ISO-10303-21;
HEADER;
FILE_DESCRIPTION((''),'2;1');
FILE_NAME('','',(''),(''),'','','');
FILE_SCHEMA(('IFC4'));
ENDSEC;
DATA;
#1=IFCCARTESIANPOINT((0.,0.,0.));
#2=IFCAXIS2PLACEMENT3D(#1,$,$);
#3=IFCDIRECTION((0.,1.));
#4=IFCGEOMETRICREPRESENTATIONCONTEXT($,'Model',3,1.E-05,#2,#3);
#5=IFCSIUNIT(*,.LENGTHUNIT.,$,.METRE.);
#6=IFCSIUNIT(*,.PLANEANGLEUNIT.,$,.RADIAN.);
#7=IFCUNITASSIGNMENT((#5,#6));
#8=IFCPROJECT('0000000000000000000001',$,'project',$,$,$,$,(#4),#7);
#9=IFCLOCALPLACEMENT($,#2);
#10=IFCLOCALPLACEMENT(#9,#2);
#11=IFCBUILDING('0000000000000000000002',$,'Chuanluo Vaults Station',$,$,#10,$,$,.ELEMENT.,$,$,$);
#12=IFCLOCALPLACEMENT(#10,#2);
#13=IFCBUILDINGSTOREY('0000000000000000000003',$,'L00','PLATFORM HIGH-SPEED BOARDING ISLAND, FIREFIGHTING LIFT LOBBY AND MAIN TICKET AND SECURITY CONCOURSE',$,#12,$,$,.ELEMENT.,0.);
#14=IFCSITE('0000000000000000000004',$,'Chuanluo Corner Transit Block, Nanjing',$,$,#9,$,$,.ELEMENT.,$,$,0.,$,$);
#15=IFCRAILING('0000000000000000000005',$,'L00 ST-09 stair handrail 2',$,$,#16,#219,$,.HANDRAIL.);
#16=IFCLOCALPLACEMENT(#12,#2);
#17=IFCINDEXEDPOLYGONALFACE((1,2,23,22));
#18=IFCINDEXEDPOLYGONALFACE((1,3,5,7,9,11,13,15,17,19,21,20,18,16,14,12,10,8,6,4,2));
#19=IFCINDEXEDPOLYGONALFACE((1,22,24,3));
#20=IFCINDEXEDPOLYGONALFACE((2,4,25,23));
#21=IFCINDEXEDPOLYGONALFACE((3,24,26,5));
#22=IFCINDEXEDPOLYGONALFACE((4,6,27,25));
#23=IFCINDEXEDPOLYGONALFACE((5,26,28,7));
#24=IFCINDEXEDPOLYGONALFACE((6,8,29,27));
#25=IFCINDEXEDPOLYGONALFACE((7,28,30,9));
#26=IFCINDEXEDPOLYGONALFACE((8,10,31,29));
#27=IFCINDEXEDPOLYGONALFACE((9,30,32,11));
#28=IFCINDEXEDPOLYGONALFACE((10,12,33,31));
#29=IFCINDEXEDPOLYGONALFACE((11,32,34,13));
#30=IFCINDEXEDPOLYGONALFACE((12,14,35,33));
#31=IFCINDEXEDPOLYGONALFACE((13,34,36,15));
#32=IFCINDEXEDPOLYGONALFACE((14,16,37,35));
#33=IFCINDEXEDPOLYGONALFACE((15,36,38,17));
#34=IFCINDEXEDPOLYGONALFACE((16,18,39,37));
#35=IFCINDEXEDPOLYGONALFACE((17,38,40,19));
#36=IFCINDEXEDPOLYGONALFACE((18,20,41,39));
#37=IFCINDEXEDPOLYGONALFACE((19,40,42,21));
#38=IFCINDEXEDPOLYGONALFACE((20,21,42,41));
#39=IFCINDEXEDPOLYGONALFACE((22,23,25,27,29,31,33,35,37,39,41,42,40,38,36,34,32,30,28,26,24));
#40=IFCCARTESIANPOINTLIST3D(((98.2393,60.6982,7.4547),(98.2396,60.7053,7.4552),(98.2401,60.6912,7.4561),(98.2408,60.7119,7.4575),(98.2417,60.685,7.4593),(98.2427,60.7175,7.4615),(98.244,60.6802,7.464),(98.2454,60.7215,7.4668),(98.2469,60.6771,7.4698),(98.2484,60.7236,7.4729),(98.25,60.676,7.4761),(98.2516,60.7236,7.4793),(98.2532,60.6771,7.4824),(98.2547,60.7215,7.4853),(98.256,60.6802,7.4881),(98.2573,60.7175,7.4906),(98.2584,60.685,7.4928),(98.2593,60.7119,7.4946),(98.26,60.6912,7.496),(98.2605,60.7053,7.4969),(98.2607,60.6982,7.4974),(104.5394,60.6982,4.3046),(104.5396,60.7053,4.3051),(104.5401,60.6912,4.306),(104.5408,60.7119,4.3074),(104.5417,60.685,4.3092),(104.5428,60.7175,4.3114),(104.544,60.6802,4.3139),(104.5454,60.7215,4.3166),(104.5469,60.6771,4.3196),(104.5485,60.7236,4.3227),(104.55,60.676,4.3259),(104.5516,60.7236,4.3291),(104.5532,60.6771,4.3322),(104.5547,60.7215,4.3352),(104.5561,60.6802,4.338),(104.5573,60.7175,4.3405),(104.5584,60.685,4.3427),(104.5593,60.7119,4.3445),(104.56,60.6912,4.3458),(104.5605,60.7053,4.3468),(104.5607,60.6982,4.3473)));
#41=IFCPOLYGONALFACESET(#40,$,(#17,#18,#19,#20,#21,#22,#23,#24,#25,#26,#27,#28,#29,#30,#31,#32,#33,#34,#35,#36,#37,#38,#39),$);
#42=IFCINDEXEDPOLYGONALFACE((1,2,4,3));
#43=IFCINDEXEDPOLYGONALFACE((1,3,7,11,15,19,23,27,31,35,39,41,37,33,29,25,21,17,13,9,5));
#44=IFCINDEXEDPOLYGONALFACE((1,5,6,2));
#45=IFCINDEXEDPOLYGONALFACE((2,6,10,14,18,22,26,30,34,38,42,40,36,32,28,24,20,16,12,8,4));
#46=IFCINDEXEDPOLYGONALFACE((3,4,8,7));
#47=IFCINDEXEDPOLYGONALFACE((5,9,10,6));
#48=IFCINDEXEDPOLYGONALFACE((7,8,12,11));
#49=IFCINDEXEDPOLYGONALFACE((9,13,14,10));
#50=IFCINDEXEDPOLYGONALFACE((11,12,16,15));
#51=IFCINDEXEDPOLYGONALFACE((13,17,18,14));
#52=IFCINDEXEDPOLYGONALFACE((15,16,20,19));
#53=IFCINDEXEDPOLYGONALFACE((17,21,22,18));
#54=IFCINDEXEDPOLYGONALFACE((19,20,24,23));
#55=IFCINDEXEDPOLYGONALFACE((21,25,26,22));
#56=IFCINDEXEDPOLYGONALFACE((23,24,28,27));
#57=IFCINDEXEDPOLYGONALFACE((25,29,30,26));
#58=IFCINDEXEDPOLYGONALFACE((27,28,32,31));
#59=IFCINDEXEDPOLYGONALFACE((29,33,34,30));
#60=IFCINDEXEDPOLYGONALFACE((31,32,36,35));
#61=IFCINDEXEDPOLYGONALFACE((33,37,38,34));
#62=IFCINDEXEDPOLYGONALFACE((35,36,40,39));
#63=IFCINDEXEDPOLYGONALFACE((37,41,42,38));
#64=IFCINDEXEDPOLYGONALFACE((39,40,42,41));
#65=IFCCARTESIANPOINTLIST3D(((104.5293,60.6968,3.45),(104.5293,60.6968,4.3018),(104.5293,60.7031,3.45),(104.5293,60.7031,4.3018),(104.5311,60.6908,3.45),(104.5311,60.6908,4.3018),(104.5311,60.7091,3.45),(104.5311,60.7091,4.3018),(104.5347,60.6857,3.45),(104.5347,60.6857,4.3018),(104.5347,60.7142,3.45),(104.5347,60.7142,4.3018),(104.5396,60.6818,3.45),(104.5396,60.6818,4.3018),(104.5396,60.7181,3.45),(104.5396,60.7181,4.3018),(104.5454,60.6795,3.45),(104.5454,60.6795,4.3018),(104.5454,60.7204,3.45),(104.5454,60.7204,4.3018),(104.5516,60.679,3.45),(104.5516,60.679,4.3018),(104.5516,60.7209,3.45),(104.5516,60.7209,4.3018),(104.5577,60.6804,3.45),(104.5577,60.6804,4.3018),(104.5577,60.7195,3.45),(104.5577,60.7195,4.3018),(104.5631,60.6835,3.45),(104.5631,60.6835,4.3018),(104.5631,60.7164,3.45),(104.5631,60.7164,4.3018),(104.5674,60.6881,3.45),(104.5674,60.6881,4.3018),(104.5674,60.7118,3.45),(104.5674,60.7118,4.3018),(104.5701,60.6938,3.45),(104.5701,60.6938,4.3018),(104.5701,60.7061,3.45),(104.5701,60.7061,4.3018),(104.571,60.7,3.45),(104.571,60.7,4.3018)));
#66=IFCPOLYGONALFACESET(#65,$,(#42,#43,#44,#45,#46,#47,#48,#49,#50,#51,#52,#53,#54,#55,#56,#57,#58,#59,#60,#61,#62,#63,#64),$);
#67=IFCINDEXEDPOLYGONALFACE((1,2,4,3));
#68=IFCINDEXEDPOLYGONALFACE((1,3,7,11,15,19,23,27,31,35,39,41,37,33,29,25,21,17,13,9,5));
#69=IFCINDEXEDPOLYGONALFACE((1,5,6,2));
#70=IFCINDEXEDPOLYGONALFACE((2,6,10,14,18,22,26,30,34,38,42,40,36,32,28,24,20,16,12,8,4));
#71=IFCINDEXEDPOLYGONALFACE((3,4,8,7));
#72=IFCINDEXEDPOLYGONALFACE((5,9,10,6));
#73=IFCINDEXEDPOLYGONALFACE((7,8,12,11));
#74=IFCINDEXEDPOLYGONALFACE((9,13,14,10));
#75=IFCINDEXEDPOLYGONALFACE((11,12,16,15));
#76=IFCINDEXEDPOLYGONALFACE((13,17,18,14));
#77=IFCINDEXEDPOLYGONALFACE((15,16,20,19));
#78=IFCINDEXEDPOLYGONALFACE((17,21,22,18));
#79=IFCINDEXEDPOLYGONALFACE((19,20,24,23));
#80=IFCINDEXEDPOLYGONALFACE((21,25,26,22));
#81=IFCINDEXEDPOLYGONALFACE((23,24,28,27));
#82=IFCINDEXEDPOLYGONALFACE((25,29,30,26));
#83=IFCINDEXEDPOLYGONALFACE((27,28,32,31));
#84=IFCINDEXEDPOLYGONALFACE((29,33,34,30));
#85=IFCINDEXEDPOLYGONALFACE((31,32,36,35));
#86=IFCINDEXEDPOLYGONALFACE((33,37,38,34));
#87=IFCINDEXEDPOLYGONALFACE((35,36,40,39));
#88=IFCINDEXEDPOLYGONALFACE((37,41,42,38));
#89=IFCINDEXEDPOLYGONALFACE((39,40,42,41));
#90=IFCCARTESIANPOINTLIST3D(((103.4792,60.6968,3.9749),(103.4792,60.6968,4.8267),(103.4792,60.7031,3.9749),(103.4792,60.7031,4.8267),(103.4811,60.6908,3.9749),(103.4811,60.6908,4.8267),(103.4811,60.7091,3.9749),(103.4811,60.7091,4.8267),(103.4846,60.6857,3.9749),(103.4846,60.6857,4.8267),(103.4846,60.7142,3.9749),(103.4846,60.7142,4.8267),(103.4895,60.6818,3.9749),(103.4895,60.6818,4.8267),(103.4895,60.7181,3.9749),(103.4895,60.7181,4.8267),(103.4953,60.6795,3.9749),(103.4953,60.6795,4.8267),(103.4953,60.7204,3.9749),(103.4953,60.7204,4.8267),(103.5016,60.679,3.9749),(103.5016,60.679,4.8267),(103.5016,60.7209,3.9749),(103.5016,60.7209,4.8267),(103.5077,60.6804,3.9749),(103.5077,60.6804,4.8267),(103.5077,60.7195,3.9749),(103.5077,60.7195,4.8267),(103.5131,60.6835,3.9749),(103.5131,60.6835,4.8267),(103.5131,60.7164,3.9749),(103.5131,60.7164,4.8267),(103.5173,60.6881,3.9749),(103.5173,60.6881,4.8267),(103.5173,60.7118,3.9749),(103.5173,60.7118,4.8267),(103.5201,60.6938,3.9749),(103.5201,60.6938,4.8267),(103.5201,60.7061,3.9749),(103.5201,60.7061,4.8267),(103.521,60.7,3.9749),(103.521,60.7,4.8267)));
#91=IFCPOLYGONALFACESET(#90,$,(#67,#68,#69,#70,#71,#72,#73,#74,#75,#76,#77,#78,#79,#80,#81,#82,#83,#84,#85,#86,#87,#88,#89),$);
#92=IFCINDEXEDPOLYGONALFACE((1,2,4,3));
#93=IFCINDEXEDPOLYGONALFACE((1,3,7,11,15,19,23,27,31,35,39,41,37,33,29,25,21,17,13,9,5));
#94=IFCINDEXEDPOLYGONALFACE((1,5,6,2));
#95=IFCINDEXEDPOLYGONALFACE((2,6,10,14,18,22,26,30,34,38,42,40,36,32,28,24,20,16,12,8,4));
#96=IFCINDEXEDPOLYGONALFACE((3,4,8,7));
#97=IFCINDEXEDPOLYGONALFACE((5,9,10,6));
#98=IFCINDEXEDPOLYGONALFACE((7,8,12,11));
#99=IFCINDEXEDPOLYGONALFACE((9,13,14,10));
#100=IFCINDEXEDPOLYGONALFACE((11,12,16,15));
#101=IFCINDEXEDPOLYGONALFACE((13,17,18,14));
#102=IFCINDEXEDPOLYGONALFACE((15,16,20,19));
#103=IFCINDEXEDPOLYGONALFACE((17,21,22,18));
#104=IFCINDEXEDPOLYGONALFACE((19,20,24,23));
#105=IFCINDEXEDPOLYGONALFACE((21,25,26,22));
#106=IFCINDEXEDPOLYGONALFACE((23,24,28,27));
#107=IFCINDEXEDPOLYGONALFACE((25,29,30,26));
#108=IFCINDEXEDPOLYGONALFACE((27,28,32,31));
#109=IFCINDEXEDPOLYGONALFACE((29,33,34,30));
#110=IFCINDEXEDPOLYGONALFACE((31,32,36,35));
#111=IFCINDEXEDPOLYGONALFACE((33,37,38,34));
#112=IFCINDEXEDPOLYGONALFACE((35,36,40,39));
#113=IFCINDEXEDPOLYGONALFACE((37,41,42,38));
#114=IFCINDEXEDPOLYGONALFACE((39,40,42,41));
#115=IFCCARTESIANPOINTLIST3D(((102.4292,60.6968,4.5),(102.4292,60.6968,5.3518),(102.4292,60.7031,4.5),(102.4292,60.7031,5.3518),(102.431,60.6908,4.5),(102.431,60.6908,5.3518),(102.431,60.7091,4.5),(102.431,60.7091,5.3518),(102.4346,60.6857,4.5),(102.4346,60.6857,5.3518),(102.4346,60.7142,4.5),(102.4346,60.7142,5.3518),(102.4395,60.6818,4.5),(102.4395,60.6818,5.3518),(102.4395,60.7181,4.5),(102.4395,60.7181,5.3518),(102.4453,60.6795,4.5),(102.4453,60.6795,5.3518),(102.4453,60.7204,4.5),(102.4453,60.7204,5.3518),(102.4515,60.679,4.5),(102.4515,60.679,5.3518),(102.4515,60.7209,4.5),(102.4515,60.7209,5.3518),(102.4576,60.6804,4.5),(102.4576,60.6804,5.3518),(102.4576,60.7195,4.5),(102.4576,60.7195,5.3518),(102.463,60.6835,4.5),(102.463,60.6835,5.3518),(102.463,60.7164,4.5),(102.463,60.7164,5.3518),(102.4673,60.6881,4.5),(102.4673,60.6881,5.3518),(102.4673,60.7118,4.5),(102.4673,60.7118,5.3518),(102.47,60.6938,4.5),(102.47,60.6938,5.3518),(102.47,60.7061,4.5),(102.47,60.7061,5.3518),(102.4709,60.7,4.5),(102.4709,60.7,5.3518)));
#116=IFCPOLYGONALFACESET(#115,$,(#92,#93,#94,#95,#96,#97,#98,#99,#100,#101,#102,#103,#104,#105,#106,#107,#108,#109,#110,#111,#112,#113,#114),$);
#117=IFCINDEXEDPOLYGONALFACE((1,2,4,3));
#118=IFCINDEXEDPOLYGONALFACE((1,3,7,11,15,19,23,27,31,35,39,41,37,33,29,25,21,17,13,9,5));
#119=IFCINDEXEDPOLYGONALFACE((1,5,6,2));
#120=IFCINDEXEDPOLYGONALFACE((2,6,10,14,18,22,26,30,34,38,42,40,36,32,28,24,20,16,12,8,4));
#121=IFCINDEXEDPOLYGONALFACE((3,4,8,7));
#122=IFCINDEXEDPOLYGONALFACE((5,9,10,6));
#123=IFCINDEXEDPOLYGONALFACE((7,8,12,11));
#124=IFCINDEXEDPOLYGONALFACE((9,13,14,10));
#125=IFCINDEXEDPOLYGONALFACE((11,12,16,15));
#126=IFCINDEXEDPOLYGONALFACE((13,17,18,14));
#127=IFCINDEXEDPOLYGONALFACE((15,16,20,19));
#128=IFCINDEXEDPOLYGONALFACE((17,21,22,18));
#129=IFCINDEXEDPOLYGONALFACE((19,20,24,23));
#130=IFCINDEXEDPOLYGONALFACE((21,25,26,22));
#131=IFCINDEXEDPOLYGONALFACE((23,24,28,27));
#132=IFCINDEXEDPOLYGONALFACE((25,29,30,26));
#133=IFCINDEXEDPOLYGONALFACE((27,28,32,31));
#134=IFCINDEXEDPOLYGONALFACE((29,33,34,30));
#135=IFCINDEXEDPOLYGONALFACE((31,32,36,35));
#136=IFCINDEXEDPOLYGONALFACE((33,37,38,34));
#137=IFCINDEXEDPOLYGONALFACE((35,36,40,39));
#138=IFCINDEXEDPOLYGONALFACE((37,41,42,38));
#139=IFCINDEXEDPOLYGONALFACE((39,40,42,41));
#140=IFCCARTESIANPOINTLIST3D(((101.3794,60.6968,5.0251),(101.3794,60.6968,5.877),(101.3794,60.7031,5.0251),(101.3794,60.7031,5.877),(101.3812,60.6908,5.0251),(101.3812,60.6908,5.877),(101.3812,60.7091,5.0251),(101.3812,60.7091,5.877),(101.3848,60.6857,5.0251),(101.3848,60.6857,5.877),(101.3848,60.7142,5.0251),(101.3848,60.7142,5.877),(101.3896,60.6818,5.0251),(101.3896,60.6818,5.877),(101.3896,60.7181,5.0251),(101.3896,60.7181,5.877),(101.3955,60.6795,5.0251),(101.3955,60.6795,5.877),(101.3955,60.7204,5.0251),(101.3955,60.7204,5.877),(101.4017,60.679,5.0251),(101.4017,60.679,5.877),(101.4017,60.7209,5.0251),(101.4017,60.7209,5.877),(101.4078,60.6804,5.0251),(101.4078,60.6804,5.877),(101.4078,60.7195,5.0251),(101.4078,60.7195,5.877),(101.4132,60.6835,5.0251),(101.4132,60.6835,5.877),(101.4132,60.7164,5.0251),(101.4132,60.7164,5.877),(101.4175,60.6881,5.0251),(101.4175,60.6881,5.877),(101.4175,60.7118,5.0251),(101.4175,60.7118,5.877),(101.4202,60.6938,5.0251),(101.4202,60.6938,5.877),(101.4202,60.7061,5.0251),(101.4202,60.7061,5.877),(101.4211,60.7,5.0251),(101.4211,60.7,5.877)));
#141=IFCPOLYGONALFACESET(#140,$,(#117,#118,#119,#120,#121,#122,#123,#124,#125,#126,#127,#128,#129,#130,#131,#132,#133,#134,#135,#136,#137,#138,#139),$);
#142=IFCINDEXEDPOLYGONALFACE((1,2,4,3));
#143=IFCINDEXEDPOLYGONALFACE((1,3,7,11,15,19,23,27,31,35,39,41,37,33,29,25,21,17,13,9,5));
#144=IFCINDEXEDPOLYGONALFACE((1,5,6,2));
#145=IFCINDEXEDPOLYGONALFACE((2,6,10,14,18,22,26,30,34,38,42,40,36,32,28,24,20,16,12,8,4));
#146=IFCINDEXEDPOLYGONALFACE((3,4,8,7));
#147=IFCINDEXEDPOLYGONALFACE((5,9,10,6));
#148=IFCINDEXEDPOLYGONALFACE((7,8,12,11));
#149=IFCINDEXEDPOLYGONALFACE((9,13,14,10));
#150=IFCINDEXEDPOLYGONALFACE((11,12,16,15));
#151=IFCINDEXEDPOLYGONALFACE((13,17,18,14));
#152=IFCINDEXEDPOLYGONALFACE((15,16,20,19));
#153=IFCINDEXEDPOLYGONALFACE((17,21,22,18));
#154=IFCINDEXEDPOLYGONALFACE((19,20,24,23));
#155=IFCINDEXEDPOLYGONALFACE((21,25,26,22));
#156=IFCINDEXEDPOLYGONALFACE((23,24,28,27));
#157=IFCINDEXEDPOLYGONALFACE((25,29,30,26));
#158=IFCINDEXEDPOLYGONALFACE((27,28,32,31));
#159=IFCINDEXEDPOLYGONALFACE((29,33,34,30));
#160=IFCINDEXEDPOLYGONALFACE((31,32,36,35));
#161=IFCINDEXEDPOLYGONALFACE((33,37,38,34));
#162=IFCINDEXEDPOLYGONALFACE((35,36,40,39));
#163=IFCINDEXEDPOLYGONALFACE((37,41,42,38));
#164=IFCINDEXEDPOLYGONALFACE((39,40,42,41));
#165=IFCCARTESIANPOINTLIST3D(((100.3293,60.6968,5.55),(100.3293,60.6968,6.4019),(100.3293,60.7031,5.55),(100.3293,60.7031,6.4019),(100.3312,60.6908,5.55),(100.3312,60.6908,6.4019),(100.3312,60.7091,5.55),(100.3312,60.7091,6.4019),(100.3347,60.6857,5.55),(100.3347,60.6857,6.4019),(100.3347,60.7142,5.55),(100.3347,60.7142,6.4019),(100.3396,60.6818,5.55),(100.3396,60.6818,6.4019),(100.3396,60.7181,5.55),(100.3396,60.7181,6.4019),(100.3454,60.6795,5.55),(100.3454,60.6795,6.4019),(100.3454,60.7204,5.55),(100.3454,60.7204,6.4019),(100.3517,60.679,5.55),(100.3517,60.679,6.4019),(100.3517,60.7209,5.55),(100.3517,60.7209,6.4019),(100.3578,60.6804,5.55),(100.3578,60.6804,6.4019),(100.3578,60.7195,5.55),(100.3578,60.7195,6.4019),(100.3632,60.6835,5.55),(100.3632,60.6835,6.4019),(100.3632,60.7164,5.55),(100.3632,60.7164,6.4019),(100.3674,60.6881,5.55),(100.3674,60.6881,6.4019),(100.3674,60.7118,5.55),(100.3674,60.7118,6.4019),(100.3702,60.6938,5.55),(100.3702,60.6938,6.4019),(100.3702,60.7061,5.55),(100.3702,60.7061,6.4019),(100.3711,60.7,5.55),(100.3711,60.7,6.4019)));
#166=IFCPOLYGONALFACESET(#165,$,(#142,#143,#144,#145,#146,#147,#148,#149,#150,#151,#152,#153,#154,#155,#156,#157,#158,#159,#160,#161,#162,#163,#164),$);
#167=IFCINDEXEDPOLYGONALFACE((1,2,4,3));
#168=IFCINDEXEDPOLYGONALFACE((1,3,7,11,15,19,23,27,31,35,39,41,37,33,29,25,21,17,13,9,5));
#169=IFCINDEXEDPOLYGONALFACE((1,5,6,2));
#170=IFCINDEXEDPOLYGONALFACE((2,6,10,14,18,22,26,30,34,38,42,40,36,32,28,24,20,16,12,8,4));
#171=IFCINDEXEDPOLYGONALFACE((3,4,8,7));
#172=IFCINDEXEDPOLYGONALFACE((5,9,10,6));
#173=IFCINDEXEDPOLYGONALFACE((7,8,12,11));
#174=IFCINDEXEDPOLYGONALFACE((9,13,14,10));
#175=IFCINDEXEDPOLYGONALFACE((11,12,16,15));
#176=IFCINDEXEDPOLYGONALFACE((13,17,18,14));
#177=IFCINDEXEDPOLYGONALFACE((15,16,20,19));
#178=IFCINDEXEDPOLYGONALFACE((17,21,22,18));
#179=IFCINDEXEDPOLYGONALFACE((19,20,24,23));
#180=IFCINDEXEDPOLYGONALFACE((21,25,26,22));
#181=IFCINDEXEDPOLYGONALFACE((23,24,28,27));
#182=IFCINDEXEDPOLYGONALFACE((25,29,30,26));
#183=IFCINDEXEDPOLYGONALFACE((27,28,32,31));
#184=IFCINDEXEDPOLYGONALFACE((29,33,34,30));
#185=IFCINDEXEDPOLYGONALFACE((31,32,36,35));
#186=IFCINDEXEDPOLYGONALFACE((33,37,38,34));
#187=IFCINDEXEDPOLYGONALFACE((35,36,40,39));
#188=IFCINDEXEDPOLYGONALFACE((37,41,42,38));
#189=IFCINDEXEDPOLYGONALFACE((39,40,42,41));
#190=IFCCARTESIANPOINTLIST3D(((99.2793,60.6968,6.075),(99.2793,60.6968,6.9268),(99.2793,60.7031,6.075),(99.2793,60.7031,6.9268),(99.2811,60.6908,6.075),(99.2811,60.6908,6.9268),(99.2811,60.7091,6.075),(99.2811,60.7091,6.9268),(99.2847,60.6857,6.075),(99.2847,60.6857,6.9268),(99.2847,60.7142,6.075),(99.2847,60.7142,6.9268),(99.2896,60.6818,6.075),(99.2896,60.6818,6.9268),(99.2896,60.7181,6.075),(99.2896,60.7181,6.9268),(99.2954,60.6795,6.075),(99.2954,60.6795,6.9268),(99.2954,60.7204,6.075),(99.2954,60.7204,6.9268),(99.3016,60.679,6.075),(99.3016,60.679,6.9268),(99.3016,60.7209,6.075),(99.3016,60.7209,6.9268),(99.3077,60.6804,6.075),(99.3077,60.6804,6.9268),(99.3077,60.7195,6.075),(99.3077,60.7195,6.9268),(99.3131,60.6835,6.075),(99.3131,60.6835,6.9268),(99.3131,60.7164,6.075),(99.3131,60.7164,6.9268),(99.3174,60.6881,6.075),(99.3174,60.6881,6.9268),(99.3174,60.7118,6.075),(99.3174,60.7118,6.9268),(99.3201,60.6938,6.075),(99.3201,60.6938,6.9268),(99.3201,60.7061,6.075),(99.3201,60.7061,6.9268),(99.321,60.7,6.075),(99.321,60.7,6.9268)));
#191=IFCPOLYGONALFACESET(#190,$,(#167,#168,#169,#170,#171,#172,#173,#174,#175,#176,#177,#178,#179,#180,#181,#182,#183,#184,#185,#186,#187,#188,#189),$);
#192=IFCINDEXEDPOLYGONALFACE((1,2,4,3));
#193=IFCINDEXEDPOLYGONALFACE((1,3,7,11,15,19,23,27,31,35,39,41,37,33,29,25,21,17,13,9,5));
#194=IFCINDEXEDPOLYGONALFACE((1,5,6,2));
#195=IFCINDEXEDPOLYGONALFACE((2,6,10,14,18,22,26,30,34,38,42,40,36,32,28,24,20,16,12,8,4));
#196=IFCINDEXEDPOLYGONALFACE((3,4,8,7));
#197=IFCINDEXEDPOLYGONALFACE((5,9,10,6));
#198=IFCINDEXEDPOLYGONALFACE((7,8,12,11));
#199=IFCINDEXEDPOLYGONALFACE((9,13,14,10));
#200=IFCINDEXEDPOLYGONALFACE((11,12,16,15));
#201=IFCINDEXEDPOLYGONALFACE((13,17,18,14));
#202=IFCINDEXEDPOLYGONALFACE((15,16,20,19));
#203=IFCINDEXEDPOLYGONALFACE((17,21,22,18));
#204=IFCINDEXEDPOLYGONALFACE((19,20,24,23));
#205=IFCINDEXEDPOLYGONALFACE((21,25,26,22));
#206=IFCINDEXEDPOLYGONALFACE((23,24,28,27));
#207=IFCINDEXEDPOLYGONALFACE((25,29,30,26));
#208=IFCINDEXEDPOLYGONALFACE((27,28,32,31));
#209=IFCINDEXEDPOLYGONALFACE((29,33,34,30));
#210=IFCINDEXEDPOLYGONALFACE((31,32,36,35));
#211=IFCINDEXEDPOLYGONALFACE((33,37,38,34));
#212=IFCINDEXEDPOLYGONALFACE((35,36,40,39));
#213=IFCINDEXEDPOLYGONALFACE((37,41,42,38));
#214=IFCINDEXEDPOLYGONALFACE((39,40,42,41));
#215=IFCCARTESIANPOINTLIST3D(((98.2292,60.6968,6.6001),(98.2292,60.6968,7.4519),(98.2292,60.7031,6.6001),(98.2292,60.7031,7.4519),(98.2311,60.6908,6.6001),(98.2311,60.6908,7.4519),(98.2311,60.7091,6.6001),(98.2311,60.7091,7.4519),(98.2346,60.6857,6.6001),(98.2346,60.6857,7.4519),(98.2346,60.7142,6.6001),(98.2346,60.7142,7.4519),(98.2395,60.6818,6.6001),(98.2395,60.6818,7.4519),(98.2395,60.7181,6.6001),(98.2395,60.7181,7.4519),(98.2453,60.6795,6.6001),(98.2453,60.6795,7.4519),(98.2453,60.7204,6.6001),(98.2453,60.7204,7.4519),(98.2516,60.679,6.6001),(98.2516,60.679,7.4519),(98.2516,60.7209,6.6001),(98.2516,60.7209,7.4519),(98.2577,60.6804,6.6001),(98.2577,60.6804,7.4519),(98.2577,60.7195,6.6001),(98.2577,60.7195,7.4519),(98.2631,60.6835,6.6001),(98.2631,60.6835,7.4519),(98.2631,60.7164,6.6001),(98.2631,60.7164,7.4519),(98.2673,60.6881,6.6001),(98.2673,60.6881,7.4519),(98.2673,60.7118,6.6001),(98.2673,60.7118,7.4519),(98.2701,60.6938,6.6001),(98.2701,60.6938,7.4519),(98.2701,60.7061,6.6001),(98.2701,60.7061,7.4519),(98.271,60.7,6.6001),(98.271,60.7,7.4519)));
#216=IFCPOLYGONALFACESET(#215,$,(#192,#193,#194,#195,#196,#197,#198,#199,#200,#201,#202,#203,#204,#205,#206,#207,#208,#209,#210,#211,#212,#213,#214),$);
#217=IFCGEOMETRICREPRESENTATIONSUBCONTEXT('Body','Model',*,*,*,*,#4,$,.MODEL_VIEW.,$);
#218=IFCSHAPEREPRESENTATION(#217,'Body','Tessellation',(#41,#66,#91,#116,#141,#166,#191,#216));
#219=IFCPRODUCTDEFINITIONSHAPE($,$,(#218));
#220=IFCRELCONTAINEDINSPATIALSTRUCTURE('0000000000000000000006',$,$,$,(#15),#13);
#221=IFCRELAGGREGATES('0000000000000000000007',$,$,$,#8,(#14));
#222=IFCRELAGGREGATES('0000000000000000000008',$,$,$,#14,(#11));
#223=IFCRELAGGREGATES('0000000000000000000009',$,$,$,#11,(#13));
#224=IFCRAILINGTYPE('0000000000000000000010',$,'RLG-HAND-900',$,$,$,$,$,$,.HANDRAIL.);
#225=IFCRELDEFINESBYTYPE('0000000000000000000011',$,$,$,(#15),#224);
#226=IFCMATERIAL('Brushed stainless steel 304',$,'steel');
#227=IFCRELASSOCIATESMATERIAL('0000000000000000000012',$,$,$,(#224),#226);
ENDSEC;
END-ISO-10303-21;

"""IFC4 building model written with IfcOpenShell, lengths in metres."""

from ifc_helpers import new_model, si_unit, direction, frame, origin, origin_2d, place, context, subcontext, project, spatial, circle, extrude, material, type_object, element, save


model = new_model("IFC4")

# Units and contexts
model_context = context("Model", 3, precision=1e-05, world=origin(), true_north=direction((0.0, 1.0)))
body_context = subcontext(model_context, "Body", "Model", "MODEL_VIEW")
ifc_project = project(units=[si_unit("LENGTHUNIT", "METRE"), si_unit("PLANEANGLEUNIT", "RADIAN")], contexts=[model_context])

# Site, building, storey
site_placement = place(None, origin())
site = spatial("IfcSite", under=ifc_project, at=site_placement, Name="Chuanluo Corner Transit Block, Nanjing", CompositionType="ELEMENT", RefElevation=0.0)
building_placement = place(site_placement, origin())
building = spatial("IfcBuilding", under=site, at=building_placement, Name="Chuanluo Vaults Station", CompositionType="ELEMENT")
storey_placement = place(building_placement, origin())
storey = spatial("IfcBuildingStorey", under=building, at=storey_placement, Name="L00", Description="PLATFORM HIGH-SPEED BOARDING ISLAND, FIREFIGHTING LIFT LOBBY AND MAIN TICKET AND SECURITY CONCOURSE", CompositionType="ELEMENT", Elevation=0.0)

# Railing
ifc_material_1 = material(Name="Brushed stainless steel 304", Category="steel")
railing_type_1 = type_object("IfcRailingType", Name="RLG-HAND-900", PredefinedType="HANDRAIL", material=ifc_material_1)
railing_1_placement = place(storey_placement, frame((104.55, 60.7, 3.45)))
element("IfcRailing", 1, at=railing_1_placement, inside=storey, type_object=railing_type_1, Name="L00 ST-09 stair handrail 2", PredefinedType="HANDRAIL", context=body_context, shape_type="SweptSolid", body=[
    extrude(circle(Radius=0.0239, at=origin_2d()), frame((0.0, 0.0, 0.876), z_axis=(-0.89442, 0.0, 0.447227), x_axis=(0.0, -1.0, 0.0)), (0.0, 0.0, 1.0), 7.0437),
    extrude(circle(Radius=0.021, at=origin_2d()), origin(), (0.0, 0.0, 1.0), 0.8518),
    extrude(circle(Radius=0.021, at=origin_2d()), frame((-1.05, 0.0, 0.5249)), (0.0, 0.0, 1.0), 0.8518),
    extrude(circle(Radius=0.021, at=origin_2d()), frame((-2.1001, 0.0, 1.05)), (0.0, 0.0, 1.0), 0.8518),
    extrude(circle(Radius=0.021, at=origin_2d()), frame((-3.1499, 0.0, 1.5752)), (0.0, 0.0, 1.0), 0.8518),
    extrude(circle(Radius=0.021, at=origin_2d()), frame((-4.2, 0.0, 2.1001)), (0.0, 0.0, 1.0), 0.8518),
    extrude(circle(Radius=0.021, at=origin_2d()), frame((-5.25, 0.0, 2.625)), (0.0, 0.0, 1.0), 0.8518),
    extrude(circle(Radius=0.021, at=origin_2d()), frame((-6.3, 0.0, 3.1501)), (0.0, 0.0, 1.0), 0.8518),
])

save(model, "model.ifc")
